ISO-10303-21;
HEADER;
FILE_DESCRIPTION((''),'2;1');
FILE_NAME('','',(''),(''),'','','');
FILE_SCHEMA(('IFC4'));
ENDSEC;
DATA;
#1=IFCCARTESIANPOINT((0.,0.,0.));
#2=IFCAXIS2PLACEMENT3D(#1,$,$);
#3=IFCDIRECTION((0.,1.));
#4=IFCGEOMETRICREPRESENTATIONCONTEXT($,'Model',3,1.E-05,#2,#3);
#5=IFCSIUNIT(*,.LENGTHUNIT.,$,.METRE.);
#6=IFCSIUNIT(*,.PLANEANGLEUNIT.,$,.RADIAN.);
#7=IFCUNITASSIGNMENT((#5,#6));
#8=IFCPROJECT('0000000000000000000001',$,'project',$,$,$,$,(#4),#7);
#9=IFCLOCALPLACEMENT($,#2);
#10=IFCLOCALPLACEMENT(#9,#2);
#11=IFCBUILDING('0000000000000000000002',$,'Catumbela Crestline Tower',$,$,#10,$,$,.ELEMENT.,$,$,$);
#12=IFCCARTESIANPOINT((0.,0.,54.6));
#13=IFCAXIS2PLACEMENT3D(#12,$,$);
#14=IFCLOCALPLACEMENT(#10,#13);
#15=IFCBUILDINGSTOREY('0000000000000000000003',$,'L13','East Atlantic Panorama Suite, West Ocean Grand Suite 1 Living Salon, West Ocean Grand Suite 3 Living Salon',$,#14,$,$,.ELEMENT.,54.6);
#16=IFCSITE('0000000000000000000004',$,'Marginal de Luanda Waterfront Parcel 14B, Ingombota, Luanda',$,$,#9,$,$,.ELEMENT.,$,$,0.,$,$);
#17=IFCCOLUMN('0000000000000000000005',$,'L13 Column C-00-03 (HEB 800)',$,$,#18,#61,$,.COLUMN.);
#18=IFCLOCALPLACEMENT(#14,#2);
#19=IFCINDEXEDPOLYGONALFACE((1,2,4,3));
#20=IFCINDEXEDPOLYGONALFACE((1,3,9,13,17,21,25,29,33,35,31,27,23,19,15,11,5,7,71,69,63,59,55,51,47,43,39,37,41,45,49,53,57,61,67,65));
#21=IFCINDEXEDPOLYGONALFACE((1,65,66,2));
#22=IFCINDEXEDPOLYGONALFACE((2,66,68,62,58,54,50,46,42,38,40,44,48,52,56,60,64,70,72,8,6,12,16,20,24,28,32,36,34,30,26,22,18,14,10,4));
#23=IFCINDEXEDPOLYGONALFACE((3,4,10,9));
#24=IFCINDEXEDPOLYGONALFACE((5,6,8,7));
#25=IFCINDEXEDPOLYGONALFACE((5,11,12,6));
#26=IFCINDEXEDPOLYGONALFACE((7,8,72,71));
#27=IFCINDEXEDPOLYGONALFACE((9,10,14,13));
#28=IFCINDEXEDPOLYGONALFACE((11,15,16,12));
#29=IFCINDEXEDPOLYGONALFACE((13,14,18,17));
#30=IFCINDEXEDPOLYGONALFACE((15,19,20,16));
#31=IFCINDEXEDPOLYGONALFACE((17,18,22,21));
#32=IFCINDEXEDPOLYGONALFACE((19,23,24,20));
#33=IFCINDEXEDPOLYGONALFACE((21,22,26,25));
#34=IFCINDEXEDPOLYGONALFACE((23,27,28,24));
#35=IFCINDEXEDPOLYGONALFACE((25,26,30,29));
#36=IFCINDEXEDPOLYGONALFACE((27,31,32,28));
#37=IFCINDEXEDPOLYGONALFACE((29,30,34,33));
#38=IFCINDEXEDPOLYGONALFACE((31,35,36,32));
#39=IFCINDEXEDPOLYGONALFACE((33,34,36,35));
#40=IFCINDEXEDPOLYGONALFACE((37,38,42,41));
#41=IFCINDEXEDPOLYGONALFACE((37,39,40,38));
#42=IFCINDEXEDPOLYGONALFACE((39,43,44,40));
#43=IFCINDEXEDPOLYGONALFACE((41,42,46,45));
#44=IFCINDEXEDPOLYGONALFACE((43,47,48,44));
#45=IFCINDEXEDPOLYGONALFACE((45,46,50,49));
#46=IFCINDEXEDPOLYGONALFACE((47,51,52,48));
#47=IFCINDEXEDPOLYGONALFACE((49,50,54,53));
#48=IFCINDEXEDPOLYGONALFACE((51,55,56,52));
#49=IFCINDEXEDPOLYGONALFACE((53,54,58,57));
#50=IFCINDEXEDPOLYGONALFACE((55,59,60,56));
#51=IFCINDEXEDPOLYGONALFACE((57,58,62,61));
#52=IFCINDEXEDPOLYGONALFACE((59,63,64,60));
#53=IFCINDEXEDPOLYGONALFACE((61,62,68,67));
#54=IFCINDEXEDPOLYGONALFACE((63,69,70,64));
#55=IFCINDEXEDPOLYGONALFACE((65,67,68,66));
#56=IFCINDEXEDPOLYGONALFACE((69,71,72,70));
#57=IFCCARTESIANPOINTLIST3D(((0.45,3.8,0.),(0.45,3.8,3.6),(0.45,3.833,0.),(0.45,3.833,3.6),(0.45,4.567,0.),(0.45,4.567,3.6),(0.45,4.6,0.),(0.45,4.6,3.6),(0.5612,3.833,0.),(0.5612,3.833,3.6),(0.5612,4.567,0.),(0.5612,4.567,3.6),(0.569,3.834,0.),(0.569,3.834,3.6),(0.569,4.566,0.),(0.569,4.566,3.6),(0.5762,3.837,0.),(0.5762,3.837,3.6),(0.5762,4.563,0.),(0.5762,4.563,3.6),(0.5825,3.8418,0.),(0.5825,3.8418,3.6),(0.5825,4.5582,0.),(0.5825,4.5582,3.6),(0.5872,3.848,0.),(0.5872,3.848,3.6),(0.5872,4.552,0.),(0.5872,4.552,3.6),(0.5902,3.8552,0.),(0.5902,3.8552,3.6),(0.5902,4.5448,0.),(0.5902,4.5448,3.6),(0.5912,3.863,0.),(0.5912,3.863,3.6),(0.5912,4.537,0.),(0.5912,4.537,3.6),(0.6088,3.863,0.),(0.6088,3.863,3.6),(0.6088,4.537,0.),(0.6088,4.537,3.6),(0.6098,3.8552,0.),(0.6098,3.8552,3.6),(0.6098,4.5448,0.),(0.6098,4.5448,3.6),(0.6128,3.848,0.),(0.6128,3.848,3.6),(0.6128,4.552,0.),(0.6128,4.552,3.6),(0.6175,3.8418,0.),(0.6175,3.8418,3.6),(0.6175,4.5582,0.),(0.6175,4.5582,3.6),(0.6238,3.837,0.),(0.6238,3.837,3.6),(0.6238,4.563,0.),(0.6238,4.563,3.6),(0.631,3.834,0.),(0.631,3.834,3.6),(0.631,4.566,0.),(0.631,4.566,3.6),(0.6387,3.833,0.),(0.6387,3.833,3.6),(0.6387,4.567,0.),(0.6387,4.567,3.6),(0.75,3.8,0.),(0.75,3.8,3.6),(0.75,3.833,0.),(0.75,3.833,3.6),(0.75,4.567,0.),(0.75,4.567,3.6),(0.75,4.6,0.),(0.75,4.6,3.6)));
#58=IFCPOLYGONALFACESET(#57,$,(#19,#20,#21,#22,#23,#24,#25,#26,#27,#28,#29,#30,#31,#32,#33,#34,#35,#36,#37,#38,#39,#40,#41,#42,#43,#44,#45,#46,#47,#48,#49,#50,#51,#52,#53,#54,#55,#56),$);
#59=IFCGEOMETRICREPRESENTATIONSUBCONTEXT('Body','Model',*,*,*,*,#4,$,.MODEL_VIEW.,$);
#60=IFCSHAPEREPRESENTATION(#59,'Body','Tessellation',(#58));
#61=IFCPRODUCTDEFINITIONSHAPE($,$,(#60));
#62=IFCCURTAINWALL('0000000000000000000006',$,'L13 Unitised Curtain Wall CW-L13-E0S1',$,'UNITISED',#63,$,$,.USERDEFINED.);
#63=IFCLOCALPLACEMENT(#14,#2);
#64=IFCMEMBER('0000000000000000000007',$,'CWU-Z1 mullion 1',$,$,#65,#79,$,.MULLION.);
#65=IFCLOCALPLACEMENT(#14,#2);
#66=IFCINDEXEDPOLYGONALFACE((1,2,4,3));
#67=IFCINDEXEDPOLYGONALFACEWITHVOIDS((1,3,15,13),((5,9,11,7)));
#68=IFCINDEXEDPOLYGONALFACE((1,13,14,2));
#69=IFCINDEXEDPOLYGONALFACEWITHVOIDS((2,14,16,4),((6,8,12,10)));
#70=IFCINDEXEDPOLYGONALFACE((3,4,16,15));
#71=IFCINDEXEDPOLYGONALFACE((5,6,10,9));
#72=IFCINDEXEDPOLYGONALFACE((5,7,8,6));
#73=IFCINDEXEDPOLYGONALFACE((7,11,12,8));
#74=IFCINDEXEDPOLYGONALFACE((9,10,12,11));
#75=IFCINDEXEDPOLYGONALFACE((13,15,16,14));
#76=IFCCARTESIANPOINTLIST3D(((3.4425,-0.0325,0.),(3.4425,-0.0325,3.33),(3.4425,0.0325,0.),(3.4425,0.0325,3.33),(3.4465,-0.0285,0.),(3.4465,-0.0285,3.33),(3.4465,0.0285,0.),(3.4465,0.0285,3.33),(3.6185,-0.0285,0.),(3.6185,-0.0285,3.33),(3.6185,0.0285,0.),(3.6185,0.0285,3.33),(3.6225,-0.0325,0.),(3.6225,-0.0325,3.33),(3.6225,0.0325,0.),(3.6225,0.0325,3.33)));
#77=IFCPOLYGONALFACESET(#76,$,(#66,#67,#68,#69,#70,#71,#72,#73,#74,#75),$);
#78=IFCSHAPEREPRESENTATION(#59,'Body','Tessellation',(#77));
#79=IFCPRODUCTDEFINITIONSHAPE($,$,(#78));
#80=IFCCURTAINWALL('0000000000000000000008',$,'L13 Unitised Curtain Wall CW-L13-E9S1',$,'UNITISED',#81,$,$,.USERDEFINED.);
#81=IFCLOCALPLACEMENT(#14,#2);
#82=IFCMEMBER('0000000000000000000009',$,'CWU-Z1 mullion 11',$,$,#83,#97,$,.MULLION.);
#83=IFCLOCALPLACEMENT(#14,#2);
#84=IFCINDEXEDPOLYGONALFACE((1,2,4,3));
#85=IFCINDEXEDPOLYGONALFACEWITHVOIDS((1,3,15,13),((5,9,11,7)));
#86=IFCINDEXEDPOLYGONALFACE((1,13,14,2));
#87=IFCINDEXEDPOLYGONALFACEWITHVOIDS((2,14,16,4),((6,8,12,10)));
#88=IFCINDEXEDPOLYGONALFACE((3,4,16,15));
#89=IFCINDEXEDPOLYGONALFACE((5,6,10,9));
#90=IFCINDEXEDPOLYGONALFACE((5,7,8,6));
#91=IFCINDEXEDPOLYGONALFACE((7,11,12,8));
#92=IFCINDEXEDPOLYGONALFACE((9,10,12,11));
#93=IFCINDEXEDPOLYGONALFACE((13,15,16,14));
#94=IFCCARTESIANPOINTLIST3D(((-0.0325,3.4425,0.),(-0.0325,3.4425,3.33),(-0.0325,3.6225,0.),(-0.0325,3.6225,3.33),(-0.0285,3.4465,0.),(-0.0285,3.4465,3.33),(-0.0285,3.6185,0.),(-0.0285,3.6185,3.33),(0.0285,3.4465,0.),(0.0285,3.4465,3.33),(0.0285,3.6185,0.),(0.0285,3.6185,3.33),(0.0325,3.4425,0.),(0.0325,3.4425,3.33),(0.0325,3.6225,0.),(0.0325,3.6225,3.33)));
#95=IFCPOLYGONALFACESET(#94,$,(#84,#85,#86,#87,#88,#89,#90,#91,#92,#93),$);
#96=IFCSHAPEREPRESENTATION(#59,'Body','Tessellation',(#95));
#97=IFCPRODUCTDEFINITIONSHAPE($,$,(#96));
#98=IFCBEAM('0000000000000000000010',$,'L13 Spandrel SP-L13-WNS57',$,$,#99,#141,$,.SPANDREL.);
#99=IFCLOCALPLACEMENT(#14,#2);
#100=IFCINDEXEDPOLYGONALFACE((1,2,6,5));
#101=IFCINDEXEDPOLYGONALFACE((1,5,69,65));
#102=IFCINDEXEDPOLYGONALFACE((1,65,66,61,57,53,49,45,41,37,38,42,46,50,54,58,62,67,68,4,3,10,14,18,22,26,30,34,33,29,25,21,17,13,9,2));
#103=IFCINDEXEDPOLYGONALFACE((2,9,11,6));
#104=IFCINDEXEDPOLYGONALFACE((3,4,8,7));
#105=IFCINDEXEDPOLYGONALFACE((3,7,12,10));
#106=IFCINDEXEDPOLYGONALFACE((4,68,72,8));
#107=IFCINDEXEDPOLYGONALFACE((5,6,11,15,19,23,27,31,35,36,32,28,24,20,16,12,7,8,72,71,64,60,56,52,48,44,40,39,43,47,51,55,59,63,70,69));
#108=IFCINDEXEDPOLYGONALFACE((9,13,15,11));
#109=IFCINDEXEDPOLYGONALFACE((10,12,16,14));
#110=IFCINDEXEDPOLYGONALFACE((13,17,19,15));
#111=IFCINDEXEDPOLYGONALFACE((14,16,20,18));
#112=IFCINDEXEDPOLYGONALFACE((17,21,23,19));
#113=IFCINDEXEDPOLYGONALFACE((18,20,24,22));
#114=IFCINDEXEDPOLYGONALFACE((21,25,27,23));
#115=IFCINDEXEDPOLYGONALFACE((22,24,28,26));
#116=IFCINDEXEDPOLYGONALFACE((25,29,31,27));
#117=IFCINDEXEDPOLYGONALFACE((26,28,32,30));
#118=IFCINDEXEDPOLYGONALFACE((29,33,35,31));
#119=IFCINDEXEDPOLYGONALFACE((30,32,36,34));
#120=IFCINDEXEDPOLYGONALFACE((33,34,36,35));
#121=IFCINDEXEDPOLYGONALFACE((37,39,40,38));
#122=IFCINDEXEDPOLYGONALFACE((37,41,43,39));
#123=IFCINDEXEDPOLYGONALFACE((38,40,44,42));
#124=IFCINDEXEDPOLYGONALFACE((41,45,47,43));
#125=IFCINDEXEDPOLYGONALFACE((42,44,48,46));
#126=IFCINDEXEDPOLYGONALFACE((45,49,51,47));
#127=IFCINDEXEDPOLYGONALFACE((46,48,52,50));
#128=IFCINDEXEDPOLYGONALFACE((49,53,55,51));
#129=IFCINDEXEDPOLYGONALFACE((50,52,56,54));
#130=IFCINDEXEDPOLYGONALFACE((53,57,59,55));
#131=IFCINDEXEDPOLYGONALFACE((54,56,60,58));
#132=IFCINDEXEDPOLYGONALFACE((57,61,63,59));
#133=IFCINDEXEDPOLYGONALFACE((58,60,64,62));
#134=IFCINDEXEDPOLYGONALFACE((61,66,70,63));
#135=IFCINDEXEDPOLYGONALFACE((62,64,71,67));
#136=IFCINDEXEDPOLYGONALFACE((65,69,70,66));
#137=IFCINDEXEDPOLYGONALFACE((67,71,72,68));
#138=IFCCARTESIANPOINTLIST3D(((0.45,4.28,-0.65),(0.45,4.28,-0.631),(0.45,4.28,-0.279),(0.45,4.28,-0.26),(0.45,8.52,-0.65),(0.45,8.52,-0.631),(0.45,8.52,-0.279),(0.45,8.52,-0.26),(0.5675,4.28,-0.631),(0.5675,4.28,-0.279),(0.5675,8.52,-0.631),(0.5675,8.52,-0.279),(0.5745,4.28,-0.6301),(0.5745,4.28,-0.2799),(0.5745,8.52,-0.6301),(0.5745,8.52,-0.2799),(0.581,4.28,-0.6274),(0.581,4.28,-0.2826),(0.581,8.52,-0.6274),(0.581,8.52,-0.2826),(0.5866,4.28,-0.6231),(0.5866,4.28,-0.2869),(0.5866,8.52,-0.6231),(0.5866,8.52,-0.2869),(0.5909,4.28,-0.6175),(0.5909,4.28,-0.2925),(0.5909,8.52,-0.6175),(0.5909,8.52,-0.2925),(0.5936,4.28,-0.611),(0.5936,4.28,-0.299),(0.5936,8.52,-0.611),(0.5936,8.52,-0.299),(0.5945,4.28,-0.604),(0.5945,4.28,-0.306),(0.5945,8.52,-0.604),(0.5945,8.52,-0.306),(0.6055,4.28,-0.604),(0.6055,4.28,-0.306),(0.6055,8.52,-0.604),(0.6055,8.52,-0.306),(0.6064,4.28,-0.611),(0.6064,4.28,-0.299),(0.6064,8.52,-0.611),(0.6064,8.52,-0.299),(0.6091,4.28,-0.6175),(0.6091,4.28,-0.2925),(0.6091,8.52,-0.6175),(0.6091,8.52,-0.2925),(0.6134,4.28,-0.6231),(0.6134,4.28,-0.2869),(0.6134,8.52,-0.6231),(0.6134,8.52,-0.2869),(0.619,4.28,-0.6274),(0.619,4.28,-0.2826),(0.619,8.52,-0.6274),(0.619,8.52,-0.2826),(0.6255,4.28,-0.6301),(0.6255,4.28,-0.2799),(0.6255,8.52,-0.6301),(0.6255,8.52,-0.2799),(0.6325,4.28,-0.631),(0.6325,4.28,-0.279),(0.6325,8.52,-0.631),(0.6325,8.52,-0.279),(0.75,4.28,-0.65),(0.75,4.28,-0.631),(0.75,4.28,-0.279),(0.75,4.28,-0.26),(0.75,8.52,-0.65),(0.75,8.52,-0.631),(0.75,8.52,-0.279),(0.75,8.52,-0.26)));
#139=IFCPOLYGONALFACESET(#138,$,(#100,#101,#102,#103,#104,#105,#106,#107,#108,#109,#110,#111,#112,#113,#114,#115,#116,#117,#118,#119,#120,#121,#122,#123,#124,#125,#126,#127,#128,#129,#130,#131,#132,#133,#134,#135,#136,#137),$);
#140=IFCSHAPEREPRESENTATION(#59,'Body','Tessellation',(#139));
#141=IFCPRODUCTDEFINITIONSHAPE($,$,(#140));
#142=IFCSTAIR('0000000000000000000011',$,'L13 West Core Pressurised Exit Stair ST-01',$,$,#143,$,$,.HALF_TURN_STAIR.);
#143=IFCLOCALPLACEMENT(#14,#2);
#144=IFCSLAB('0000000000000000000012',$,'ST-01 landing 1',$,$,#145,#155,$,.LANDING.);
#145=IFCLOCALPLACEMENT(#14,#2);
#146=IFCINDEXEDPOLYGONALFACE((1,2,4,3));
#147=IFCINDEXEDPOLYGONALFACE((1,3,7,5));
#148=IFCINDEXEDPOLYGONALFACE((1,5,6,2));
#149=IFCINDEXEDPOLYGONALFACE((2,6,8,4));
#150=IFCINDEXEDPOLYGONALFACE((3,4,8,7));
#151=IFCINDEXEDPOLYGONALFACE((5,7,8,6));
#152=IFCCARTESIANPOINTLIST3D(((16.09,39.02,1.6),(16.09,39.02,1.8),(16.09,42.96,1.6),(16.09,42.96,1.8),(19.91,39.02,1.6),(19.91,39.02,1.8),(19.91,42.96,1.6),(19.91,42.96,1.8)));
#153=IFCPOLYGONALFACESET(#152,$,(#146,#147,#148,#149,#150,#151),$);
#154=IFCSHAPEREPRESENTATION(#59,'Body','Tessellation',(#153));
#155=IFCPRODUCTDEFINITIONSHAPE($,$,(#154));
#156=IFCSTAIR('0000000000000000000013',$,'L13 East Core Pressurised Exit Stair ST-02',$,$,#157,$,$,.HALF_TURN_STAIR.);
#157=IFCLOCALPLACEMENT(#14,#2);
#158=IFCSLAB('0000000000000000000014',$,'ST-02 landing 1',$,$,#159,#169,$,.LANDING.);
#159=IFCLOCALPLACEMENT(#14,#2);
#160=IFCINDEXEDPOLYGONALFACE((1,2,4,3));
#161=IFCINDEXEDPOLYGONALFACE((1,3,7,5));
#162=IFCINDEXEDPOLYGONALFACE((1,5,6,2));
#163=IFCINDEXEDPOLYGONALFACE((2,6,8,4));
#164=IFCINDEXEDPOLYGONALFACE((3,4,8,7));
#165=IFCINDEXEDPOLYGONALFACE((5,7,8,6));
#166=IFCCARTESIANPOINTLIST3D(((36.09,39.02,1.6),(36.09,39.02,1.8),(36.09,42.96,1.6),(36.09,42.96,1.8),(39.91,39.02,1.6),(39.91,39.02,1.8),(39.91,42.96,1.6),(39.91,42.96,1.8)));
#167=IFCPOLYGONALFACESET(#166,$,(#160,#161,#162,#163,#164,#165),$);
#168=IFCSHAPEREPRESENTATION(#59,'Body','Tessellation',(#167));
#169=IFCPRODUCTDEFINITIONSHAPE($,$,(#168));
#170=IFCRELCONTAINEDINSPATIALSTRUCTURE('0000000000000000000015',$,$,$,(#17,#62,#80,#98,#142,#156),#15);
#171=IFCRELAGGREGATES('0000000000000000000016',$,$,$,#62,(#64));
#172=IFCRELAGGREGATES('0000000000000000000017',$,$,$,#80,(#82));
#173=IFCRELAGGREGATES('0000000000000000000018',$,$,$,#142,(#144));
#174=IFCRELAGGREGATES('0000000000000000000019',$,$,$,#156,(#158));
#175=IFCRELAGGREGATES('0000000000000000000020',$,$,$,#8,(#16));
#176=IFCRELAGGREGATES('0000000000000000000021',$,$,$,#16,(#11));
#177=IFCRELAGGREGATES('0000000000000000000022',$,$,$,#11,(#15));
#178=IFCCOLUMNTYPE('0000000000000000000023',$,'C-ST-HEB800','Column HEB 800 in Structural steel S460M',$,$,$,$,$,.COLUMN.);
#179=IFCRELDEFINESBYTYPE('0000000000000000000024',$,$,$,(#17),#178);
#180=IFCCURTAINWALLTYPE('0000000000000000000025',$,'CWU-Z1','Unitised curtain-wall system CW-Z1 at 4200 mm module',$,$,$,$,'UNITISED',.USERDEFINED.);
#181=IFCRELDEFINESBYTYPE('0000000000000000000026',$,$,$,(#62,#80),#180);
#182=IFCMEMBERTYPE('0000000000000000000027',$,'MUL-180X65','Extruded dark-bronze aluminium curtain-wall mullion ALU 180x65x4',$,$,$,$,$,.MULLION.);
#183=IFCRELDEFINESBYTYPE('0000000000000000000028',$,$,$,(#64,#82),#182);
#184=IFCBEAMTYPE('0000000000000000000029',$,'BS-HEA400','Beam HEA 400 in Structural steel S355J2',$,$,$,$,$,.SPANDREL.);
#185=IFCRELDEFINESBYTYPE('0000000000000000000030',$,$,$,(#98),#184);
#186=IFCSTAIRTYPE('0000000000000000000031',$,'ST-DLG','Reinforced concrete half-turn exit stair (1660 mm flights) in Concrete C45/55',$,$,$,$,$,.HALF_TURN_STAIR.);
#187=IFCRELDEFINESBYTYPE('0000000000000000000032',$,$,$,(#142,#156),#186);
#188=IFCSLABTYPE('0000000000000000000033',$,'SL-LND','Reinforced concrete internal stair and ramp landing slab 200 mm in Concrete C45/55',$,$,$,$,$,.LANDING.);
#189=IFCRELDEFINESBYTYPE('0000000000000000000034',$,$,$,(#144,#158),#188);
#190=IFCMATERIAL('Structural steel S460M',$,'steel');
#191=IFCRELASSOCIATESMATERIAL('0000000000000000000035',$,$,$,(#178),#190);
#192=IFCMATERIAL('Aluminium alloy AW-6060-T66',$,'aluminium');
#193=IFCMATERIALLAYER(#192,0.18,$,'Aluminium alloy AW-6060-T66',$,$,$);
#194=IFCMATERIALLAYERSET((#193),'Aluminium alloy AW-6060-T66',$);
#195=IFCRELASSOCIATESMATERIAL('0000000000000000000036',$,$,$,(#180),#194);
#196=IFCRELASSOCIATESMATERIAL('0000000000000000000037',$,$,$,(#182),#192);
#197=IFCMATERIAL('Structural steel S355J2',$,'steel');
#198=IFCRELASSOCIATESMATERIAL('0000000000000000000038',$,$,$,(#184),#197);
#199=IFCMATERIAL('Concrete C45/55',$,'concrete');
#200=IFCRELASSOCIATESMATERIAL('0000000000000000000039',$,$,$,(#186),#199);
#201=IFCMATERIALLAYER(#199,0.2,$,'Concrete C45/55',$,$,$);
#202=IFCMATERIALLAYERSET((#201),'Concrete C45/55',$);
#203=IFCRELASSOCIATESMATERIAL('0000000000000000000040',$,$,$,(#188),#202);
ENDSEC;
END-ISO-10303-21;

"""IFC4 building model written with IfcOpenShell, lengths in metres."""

from ifc_helpers import new_model, si_unit, direction, frame, origin, origin_2d, place, context, subcontext, project, spatial, polyline, hollow_rectangle, i_section, outline, extrude, material, layer, layer_set, material_profile, profile_set, type_object, element, aggregate, save


model = new_model("IFC4")

# Units and contexts
model_context = context("Model", 3, precision=1e-05, world=origin(), true_north=direction((0.0, 1.0)))
body_context = subcontext(model_context, "Body", "Model", "MODEL_VIEW")
ifc_project = project(units=[si_unit("LENGTHUNIT", "METRE"), si_unit("PLANEANGLEUNIT", "RADIAN")], contexts=[model_context])

# Site, building, storey
site_placement = place(None, origin())
site = spatial("IfcSite", under=ifc_project, at=site_placement, Name="Marginal de Luanda Waterfront Parcel 14B, Ingombota, Luanda", CompositionType="ELEMENT", RefElevation=0.0)
building_placement = place(site_placement, origin())
building = spatial("IfcBuilding", under=site, at=building_placement, Name="Catumbela Crestline Tower", CompositionType="ELEMENT")
storey_placement = place(building_placement, frame((0.0, 0.0, 54.6)))
storey = spatial("IfcBuildingStorey", under=building, at=storey_placement, Name="L13", Description="East Atlantic Panorama Suite, West Ocean Grand Suite 1 Living Salon, West Ocean Grand Suite 3 Living Salon", CompositionType="ELEMENT", Elevation=54.6)

# Column
ifc_material_1 = material(Name="Structural steel S460M", Category="steel")
ifc_material_profile_1 = material_profile(ifc_material_1, i_section(OverallWidth=0.3, OverallDepth=0.8, WebThickness=0.0175, FlangeThickness=0.033, FilletRadius=0.03, at=origin_2d()), Name="HEB 800")
ifc_profile_set_1 = profile_set([ifc_material_profile_1], Name="Structural steel S460M")
column_type = type_object("IfcColumnType", Name="C-ST-HEB800", Description="Column HEB 800 in Structural steel S460M", PredefinedType="COLUMN", material=ifc_profile_set_1)
column_placement = place(storey_placement, frame((0.6, 4.2, 0.0), z_axis=(0.0, 0.0, 1.0), x_axis=(1.0, 0.0, 0.0)))
element("IfcColumn", 1, at=column_placement, inside=storey, type_object=column_type, Name="L13 Column C-00-03 (HEB 800)", PredefinedType="COLUMN", context=body_context, shape_type="SweptSolid", body=[
    extrude(i_section(OverallWidth=0.3, OverallDepth=0.8, WebThickness=0.0175, FlangeThickness=0.033, FilletRadius=0.03, at=origin_2d()), origin(), (0.0, 0.0, 1.0), 3.6),
])

# Curtain walls, members
ifc_material_2 = material(Name="Aluminium alloy AW-6060-T66", Category="aluminium")
ifc_layer_1 = layer(ifc_material_2, 0.18, Name="Aluminium alloy AW-6060-T66")
ifc_layer_set_1 = layer_set([ifc_layer_1], Name="Aluminium alloy AW-6060-T66")
curtain_wall_type = type_object("IfcCurtainWallType", Name="CWU-Z1", Description="Unitised curtain-wall system CW-Z1 at 4200 mm module", ElementType="UNITISED", PredefinedType="USERDEFINED", material=ifc_layer_set_1)
curtain_wall_1_placement = place(storey_placement, origin())
curtain_wall_1 = element("IfcCurtainWall", 2, at=curtain_wall_1_placement, inside=storey, type_object=curtain_wall_type, Name="L13 Unitised Curtain Wall CW-L13-E0S1", ObjectType="UNITISED", PredefinedType="USERDEFINED")
ifc_material_profile_2 = material_profile(ifc_material_2, hollow_rectangle(XDim=0.065, YDim=0.18, WallThickness=0.004, at=origin_2d()), Name="ALU 180x65x4")
ifc_profile_set_2 = profile_set([ifc_material_profile_2], Name="Aluminium alloy AW-6060-T66")
member_type = type_object("IfcMemberType", Name="MUL-180X65", Description="Extruded dark-bronze aluminium curtain-wall mullion ALU 180x65x4", PredefinedType="MULLION", material=ifc_profile_set_2)
member_1_placement = place(storey_placement, frame((3.5325, 0.0, 0.0), z_axis=(0.0, 0.0, 1.0), x_axis=(0.0, 1.0, 0.0)))
member_1 = element("IfcMember", 3, at=member_1_placement, type_object=member_type, Name="CWU-Z1 mullion 1", PredefinedType="MULLION", context=body_context, shape_type="SweptSolid", body=[
    extrude(hollow_rectangle(XDim=0.065, YDim=0.18, WallThickness=0.004, at=origin_2d()), origin(), (0.0, 0.0, 1.0), 3.33),
])
aggregate(curtain_wall_1, [member_1])
curtain_wall_2_placement = place(storey_placement, origin())
curtain_wall_2 = element("IfcCurtainWall", 4, at=curtain_wall_2_placement, inside=storey, type_object=curtain_wall_type, Name="L13 Unitised Curtain Wall CW-L13-E9S1", ObjectType="UNITISED", PredefinedType="USERDEFINED")
member_2_placement = place(storey_placement, frame((0.0, 3.5325, 0.0), z_axis=(0.0, 0.0, 1.0), x_axis=(1.0, 0.0, 0.0)))
member_2 = element("IfcMember", 5, at=member_2_placement, type_object=member_type, Name="CWU-Z1 mullion 11", PredefinedType="MULLION", context=body_context, shape_type="SweptSolid", body=[
    extrude(hollow_rectangle(XDim=0.065, YDim=0.18, WallThickness=0.004, at=origin_2d()), origin(), (0.0, 0.0, 1.0), 3.33),
])
aggregate(curtain_wall_2, [member_2])

# Beam
ifc_material_3 = material(Name="Structural steel S355J2", Category="steel")
ifc_material_profile_3 = material_profile(ifc_material_3, i_section(OverallWidth=0.3, OverallDepth=0.39, WebThickness=0.011, FlangeThickness=0.019, FilletRadius=0.027, at=origin_2d()), Name="HEA 400")
ifc_profile_set_3 = profile_set([ifc_material_profile_3], Name="Structural steel S355J2")
beam_type = type_object("IfcBeamType", Name="BS-HEA400", Description="Beam HEA 400 in Structural steel S355J2", PredefinedType="SPANDREL", material=ifc_profile_set_3)
beam_placement = place(storey_placement, frame((0.6, 4.28, -0.455), z_axis=(0.0, 1.0, 0.0), x_axis=(-1.0, 0.0, 0.0)))
element("IfcBeam", 6, at=beam_placement, inside=storey, type_object=beam_type, Name="L13 Spandrel SP-L13-WNS57", PredefinedType="SPANDREL", context=body_context, shape_type="SweptSolid", body=[
    extrude(i_section(OverallWidth=0.3, OverallDepth=0.39, WebThickness=0.011, FlangeThickness=0.019, FilletRadius=0.027, at=origin_2d()), origin(), (0.0, 0.0, 1.0), 4.24),
])

# Stairs, slabs
ifc_material_4 = material(Name="Concrete C45/55", Category="concrete")
stair_type = type_object("IfcStairType", Name="ST-DLG", Description="Reinforced concrete half-turn exit stair (1660 mm flights) in Concrete C45/55", PredefinedType="HALF_TURN_STAIR", material=ifc_material_4)
stair_1_placement = place(storey_placement, origin())
stair_1 = element("IfcStair", 7, at=stair_1_placement, inside=storey, type_object=stair_type, Name="L13 West Core Pressurised Exit Stair ST-01", PredefinedType="HALF_TURN_STAIR")
ifc_layer_2 = layer(ifc_material_4, 0.2, Name="Concrete C45/55")
ifc_layer_set_2 = layer_set([ifc_layer_2], Name="Concrete C45/55")
slab_type_1 = type_object("IfcSlabType", Name="SL-LND", Description="Reinforced concrete internal stair and ramp landing slab 200 mm in Concrete C45/55", PredefinedType="LANDING", material=ifc_layer_set_2)
slab_1_placement = place(storey_placement, frame((0.0, 0.0, 1.6)))
slab_1 = element("IfcSlab", 8, at=slab_1_placement, type_object=slab_type_1, Name="ST-01 landing 1", PredefinedType="LANDING", context=body_context, shape_type="SweptSolid", body=[
    extrude(outline(polyline([(19.91, 39.02), (19.91, 42.96), (16.09, 42.96), (16.09, 39.02), (19.91, 39.02)])), origin(), (0.0, 0.0, 1.0), 0.2),
])
aggregate(stair_1, [slab_1])
stair_2_placement = place(storey_placement, origin())
stair_2 = element("IfcStair", 9, at=stair_2_placement, inside=storey, type_object=stair_type, Name="L13 East Core Pressurised Exit Stair ST-02", PredefinedType="HALF_TURN_STAIR")
slab_2_placement = place(storey_placement, frame((0.0, 0.0, 1.6)))
slab_2 = element("IfcSlab", 10, at=slab_2_placement, type_object=slab_type_1, Name="ST-02 landing 1", PredefinedType="LANDING", context=body_context, shape_type="SweptSolid", body=[
    extrude(outline(polyline([(39.91, 39.02), (39.91, 42.96), (36.09, 42.96), (36.09, 39.02), (39.91, 39.02)])), origin(), (0.0, 0.0, 1.0), 0.2),
])
aggregate(stair_2, [slab_2])

save(model, "model.ifc")
